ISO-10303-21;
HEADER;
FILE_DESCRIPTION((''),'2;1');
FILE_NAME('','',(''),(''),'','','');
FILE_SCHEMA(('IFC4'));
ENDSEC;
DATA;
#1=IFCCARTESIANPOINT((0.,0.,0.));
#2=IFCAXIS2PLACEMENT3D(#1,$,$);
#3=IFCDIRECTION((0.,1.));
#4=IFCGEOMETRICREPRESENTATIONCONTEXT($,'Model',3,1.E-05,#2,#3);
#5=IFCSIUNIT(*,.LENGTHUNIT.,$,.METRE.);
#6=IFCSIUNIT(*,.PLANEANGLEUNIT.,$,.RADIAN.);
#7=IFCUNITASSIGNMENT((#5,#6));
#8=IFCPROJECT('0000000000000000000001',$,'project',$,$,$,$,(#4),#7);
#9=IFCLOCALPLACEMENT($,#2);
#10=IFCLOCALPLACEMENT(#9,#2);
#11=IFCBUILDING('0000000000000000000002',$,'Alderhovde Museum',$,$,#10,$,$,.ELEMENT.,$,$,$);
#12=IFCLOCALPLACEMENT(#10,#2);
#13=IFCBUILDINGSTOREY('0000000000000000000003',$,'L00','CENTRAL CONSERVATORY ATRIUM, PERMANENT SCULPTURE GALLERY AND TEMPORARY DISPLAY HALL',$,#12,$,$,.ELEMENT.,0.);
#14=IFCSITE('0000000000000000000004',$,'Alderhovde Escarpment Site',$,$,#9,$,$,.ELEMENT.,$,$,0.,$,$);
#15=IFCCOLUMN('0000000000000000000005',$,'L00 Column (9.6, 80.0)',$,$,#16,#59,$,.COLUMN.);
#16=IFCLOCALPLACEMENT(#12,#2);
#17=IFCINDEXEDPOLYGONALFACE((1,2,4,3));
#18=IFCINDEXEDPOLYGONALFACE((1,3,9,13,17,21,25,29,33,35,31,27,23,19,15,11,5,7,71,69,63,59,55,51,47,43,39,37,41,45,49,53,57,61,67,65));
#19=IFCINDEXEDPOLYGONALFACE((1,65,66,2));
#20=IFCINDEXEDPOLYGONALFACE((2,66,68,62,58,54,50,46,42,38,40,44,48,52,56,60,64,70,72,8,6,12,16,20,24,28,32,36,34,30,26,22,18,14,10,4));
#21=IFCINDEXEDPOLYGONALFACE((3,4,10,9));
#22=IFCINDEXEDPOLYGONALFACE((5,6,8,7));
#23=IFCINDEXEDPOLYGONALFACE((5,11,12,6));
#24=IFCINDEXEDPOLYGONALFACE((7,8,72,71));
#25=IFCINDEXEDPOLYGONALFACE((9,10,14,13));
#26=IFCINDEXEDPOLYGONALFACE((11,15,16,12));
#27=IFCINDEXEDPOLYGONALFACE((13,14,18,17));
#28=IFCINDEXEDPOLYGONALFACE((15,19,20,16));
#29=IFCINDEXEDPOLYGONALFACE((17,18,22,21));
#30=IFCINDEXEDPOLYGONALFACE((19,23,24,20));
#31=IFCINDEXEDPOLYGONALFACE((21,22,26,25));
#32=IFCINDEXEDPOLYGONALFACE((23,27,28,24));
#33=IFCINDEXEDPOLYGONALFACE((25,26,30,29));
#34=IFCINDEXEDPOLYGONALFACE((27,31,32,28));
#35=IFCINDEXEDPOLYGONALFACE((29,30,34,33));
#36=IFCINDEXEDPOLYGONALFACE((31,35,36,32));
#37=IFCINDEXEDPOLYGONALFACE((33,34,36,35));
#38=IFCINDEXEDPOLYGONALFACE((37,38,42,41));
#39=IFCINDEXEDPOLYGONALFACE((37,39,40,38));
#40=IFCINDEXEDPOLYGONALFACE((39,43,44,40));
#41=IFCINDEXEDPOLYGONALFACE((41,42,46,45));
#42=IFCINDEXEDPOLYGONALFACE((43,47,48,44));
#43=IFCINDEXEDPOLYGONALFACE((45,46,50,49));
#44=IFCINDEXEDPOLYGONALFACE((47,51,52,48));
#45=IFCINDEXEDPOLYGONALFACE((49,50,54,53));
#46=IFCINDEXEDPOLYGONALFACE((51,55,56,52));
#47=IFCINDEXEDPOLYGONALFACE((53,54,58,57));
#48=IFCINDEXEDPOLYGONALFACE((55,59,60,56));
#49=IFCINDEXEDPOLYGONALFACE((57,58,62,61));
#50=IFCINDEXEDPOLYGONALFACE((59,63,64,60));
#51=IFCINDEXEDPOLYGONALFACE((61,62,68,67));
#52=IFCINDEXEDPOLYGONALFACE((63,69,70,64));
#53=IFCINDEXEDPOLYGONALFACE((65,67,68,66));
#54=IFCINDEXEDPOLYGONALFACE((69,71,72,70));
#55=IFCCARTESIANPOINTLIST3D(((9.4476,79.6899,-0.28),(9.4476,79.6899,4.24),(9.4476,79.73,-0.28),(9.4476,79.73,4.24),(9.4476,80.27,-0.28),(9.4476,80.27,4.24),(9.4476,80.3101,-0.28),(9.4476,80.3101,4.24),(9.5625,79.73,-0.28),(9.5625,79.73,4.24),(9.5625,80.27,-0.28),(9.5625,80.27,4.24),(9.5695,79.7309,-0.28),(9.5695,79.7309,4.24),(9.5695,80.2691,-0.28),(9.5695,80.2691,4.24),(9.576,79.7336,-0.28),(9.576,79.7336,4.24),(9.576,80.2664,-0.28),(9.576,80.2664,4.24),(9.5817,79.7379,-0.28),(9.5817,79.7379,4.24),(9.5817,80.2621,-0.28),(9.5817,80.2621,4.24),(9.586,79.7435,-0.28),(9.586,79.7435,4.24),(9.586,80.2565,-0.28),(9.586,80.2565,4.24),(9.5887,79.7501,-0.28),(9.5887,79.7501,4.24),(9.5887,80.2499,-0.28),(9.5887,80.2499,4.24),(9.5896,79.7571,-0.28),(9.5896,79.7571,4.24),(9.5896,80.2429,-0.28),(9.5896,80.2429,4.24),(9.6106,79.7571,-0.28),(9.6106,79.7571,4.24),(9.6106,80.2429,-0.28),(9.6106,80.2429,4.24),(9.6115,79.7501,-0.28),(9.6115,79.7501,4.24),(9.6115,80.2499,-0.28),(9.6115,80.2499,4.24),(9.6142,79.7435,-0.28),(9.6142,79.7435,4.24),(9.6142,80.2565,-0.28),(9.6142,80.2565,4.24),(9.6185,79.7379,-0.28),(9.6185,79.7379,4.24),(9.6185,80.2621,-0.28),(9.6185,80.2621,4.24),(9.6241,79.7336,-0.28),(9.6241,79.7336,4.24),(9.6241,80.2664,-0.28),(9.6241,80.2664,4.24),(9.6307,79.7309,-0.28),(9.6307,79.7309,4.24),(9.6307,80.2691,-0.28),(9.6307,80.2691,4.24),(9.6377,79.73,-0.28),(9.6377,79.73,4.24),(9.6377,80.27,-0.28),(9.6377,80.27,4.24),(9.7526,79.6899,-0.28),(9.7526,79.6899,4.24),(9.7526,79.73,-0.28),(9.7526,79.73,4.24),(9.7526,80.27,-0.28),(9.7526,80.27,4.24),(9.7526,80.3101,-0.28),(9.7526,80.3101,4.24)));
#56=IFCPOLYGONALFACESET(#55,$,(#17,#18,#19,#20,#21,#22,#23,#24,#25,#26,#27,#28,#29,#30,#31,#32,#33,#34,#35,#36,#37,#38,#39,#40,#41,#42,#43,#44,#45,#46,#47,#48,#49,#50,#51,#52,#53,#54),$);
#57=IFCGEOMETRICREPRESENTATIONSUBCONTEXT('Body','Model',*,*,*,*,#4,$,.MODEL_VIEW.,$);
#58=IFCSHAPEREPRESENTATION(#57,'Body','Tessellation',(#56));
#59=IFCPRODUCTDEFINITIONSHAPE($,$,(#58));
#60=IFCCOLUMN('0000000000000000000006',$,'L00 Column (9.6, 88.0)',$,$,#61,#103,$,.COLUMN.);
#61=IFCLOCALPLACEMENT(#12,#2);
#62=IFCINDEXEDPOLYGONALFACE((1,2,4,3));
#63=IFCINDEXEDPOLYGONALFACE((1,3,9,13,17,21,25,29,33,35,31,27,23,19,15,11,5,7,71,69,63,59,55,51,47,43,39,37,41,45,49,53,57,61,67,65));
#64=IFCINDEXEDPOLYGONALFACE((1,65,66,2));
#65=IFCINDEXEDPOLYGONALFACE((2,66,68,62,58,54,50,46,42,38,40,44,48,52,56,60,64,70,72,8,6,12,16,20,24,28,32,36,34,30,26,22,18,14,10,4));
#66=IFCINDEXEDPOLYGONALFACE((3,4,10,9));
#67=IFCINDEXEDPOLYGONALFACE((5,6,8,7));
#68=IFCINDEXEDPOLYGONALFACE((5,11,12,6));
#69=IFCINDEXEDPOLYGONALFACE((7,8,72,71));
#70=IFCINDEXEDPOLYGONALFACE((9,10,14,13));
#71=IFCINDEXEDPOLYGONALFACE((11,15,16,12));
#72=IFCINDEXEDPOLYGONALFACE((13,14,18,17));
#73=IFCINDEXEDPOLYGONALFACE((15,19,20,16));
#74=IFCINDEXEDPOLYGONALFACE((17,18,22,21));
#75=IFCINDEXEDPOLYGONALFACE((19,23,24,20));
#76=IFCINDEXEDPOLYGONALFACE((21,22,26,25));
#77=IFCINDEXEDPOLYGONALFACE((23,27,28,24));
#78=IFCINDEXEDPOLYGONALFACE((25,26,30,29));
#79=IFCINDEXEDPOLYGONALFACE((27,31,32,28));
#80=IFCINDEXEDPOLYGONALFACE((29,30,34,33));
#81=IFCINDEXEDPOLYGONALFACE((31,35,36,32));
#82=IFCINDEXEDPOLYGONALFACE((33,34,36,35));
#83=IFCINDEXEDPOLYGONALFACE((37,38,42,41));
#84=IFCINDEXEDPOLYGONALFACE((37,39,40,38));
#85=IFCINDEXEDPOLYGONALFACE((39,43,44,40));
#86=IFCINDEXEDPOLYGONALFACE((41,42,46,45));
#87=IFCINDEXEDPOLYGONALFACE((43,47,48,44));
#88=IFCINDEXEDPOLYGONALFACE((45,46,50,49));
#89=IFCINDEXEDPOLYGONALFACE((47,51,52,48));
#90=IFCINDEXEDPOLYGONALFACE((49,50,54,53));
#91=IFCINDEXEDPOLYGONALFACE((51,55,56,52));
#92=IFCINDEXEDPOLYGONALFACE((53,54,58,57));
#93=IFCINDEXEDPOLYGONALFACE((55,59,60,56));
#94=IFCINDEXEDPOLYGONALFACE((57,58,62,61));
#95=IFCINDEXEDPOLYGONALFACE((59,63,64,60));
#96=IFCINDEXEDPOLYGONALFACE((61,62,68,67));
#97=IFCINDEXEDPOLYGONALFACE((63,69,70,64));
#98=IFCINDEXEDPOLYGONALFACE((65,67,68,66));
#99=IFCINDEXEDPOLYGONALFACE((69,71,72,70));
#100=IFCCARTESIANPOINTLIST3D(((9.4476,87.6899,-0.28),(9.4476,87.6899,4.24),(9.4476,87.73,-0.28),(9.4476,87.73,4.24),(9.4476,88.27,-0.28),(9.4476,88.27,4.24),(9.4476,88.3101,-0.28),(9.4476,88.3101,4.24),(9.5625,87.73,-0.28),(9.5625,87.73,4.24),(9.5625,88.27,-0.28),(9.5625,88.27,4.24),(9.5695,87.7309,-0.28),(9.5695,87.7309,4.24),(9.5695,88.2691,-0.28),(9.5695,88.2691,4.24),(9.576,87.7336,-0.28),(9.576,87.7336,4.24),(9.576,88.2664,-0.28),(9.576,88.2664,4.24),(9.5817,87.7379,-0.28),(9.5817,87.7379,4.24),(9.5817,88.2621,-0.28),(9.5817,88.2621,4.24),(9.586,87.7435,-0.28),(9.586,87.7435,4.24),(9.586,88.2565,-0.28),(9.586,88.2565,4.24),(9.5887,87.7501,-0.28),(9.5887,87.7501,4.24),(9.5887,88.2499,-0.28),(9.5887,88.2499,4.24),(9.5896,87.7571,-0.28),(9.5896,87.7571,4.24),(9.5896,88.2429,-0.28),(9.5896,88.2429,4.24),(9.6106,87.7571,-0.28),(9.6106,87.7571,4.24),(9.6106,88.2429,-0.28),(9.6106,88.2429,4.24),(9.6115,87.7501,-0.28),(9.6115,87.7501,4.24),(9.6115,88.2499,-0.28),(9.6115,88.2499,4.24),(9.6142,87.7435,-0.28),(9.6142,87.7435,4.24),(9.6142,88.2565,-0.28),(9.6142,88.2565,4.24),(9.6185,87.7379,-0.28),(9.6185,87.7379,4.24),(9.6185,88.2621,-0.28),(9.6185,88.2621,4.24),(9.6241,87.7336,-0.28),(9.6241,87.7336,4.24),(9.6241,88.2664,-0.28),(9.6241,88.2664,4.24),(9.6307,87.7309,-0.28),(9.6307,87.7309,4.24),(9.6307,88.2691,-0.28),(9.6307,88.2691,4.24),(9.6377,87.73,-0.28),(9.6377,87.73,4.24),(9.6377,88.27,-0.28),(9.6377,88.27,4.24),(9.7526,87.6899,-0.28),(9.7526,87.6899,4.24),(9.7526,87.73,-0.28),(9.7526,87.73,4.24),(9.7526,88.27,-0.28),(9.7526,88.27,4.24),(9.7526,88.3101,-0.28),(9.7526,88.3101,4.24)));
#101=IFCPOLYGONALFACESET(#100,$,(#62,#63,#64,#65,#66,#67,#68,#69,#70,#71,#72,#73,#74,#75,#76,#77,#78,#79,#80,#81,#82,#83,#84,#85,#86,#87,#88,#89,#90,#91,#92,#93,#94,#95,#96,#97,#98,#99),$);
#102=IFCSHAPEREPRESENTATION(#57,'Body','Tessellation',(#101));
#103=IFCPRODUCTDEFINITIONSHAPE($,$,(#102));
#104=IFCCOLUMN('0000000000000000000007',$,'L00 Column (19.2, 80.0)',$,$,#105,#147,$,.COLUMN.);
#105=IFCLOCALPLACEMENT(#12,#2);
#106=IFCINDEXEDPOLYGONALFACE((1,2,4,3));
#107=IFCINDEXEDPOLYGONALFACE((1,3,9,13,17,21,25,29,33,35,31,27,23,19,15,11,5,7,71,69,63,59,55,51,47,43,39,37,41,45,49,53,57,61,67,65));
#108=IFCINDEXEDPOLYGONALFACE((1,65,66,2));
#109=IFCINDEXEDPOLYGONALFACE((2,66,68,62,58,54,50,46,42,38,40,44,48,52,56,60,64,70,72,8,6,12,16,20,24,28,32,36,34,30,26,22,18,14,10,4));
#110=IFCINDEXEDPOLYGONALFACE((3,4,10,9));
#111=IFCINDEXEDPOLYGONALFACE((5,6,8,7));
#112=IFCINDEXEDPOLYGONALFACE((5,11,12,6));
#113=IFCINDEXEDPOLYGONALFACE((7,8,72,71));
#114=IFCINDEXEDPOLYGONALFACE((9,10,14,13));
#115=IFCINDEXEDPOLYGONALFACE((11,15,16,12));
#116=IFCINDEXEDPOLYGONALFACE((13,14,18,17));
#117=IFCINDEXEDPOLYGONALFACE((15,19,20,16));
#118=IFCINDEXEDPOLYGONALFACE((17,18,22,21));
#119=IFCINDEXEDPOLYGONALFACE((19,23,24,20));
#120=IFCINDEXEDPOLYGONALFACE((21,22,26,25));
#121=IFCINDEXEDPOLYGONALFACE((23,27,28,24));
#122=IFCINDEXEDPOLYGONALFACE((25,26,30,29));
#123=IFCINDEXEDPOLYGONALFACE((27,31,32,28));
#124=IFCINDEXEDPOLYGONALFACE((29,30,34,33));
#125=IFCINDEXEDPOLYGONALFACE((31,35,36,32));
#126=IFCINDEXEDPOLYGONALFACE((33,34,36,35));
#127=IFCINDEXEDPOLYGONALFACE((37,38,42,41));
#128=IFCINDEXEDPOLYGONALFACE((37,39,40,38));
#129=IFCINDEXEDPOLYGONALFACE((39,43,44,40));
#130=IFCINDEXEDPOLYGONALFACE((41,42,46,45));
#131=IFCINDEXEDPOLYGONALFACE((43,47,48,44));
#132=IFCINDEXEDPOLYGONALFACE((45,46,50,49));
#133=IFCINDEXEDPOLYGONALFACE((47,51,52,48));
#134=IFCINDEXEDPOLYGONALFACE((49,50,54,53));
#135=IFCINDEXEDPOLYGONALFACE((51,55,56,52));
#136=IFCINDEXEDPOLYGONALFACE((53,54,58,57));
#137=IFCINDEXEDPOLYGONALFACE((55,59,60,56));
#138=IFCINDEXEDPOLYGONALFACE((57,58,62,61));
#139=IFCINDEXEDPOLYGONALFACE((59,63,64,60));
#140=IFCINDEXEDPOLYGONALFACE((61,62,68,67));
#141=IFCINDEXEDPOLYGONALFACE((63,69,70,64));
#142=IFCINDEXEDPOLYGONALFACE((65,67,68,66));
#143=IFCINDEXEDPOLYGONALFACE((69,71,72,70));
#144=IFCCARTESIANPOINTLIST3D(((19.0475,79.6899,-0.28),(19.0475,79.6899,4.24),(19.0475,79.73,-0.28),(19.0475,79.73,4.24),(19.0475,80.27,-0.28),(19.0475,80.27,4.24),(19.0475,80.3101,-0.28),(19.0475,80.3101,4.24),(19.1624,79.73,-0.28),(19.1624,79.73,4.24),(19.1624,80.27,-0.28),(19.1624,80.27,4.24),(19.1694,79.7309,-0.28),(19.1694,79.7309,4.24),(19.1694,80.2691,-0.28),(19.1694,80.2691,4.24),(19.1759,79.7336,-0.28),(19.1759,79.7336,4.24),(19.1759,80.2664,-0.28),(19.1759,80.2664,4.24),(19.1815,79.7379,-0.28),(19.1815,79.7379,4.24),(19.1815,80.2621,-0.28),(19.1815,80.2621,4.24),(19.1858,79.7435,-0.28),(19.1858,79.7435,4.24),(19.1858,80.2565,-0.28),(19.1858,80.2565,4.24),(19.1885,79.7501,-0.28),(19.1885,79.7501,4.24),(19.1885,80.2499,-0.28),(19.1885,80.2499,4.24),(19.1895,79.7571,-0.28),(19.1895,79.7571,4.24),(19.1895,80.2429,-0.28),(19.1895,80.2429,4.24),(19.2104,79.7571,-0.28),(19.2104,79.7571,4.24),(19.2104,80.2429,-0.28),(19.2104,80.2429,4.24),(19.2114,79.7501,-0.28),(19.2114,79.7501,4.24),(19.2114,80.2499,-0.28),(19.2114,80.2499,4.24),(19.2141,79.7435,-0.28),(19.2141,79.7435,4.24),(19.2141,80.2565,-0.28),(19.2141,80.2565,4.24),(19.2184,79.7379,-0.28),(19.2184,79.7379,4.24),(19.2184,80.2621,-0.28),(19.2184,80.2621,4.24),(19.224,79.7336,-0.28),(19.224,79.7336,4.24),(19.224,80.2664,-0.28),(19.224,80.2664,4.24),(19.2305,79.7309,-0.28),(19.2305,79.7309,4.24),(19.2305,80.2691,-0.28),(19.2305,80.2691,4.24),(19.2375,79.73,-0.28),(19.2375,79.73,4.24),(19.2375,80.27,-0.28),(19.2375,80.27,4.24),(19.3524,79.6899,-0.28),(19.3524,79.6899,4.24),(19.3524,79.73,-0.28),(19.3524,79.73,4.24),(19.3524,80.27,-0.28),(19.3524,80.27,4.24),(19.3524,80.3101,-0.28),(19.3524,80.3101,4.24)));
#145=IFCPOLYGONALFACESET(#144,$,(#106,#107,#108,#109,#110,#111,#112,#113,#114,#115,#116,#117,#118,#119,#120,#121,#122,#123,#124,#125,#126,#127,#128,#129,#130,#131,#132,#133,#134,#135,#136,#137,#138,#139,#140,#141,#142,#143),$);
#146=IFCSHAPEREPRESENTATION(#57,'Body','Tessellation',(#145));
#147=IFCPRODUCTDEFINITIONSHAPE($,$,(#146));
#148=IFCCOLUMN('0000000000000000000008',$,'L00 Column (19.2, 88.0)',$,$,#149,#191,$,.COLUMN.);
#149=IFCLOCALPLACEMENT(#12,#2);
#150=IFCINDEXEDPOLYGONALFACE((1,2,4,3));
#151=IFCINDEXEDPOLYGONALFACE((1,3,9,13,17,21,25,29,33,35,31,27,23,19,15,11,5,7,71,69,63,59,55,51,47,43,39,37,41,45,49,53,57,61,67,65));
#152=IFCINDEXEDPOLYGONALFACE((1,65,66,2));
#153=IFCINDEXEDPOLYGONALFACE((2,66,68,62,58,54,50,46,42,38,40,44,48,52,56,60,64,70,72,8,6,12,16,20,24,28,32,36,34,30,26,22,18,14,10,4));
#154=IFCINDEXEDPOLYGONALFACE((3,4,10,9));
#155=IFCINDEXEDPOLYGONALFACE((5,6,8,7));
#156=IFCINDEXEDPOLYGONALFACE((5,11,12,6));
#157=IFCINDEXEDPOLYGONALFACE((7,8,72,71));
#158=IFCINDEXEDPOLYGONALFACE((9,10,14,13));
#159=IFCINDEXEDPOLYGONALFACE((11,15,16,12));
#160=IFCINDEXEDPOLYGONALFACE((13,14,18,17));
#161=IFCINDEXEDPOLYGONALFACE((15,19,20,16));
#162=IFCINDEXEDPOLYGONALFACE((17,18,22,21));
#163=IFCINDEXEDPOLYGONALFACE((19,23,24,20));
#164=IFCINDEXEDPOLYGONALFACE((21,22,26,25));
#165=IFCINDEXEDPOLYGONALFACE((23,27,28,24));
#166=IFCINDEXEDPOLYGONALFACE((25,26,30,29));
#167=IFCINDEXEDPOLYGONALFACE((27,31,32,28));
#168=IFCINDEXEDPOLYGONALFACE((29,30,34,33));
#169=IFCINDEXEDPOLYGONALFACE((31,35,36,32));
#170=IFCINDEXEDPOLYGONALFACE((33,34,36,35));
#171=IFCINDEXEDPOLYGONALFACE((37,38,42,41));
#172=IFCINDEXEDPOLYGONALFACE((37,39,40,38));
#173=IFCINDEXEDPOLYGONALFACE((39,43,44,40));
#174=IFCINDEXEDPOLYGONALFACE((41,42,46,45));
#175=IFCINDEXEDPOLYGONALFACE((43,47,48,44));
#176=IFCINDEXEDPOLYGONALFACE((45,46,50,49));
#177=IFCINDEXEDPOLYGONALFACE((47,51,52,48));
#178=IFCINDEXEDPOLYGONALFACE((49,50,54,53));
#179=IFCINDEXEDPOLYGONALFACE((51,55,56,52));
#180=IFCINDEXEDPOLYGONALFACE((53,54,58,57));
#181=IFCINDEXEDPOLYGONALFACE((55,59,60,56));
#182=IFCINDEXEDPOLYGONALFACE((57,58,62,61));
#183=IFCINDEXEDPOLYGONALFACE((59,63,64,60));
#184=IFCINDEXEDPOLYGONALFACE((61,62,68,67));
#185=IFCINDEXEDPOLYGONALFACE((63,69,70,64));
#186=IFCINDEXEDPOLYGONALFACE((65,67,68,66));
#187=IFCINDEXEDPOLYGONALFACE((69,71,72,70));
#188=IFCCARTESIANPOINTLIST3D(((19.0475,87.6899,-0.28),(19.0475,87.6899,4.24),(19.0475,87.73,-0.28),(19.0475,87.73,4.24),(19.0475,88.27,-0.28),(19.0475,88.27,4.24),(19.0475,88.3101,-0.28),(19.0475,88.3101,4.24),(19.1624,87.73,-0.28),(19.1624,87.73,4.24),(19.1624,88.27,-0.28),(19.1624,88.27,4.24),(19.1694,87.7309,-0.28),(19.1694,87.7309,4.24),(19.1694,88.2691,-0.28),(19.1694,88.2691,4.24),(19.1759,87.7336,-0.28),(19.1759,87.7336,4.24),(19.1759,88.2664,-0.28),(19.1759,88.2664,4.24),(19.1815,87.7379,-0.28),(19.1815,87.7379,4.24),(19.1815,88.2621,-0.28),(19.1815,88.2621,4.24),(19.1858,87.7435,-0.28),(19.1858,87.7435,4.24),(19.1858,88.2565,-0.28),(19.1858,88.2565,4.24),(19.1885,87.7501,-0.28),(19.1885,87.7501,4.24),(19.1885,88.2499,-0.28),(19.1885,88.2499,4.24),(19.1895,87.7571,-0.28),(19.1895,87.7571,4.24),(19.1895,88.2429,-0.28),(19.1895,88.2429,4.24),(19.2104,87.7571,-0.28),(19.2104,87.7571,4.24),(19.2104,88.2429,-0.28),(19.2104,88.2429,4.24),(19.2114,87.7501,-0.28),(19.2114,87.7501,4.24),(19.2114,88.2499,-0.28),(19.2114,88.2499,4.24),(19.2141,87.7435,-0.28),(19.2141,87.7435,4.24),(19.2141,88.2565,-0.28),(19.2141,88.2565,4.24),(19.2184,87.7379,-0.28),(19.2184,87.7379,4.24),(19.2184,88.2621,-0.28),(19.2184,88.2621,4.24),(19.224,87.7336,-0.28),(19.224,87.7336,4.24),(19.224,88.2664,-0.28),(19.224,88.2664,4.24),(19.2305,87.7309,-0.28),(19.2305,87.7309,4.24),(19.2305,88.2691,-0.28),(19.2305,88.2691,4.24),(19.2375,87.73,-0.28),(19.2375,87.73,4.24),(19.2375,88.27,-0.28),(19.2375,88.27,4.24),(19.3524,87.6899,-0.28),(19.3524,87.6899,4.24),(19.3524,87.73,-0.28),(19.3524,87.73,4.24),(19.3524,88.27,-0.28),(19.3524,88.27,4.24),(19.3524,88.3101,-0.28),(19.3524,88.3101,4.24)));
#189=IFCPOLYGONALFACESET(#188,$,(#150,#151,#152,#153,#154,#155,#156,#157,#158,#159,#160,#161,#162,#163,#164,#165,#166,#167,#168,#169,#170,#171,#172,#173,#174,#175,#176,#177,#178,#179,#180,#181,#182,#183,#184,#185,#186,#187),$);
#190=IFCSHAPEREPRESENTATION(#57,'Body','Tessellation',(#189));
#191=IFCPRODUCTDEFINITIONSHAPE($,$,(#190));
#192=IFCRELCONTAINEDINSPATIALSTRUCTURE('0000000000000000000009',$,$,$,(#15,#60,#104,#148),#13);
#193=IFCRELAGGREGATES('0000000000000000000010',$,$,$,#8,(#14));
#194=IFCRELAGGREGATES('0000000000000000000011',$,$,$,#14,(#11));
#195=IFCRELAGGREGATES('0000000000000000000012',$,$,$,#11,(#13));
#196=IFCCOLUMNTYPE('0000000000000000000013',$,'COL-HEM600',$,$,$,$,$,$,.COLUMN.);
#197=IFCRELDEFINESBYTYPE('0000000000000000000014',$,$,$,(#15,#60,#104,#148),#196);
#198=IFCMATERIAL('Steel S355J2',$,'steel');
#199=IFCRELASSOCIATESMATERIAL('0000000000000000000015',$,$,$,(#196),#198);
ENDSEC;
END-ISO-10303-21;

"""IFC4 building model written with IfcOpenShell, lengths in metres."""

from ifc_helpers import new_model, si_unit, direction, frame, origin, origin_2d, place, context, subcontext, project, spatial, i_section, extrude, material, material_profile, profile_set, type_object, element, save


model = new_model("IFC4")

# Units and contexts
model_context = context("Model", 3, precision=1e-05, world=origin(), true_north=direction((0.0, 1.0)))
body_context = subcontext(model_context, "Body", "Model", "MODEL_VIEW")
ifc_project = project(units=[si_unit("LENGTHUNIT", "METRE"), si_unit("PLANEANGLEUNIT", "RADIAN")], contexts=[model_context])

# Site, building, storey
site_placement = place(None, origin())
site = spatial("IfcSite", under=ifc_project, at=site_placement, Name="Alderhovde Escarpment Site", CompositionType="ELEMENT", RefElevation=0.0)
building_placement = place(site_placement, origin())
building = spatial("IfcBuilding", under=site, at=building_placement, Name="Alderhovde Museum", CompositionType="ELEMENT")
storey_placement = place(building_placement, origin())
storey = spatial("IfcBuildingStorey", under=building, at=storey_placement, Name="L00", Description="CENTRAL CONSERVATORY ATRIUM, PERMANENT SCULPTURE GALLERY AND TEMPORARY DISPLAY HALL", CompositionType="ELEMENT", Elevation=0.0)

# Columns
ifc_material_1 = material(Name="Steel S355J2", Category="steel")
ifc_material_profile_1 = material_profile(ifc_material_1, i_section(OverallWidth=0.3049, OverallDepth=0.6201, WebThickness=0.021, FlangeThickness=0.04, FilletRadius=0.0271, at=origin_2d()), Name="HEM 600")
ifc_profile_set_1 = profile_set([ifc_material_profile_1], Name="Steel S355J2")
column_type = type_object("IfcColumnType", Name="COL-HEM600", PredefinedType="COLUMN", material=ifc_profile_set_1)
for number, where, z_axis, x_axis, name in (
    (1, (9.6001, 80.0, -0.28), (0.0, 0.0, 1.0), (1.0, 0.0, 0.0), "L00 Column (9.6, 80.0)"),
    (2, (9.6001, 88.0, -0.28), (0.0, 0.0, 1.0), (1.0, 0.0, 0.0), "L00 Column (9.6, 88.0)"),
    (3, (19.2, 80.0, -0.28), (0.0, 0.0, 1.0), (1.0, 0.0, 0.0), "L00 Column (19.2, 80.0)"),
    (4, (19.2, 88.0, -0.28), (0.0, 0.0, 1.0), (1.0, 0.0, 0.0), "L00 Column (19.2, 88.0)"),
):
    element("IfcColumn", number, at=place(storey_placement, frame(where, z_axis=z_axis, x_axis=x_axis)), inside=storey, type_object=column_type, Name=name, PredefinedType="COLUMN", context=body_context, shape_type="SweptSolid", body=[
        extrude(i_section(OverallWidth=0.3049, OverallDepth=0.6201, WebThickness=0.021, FlangeThickness=0.04, FilletRadius=0.0271, at=origin_2d()), origin(), (0.0, 0.0, 1.0), 4.52),
    ])

save(model, "model.ifc")
